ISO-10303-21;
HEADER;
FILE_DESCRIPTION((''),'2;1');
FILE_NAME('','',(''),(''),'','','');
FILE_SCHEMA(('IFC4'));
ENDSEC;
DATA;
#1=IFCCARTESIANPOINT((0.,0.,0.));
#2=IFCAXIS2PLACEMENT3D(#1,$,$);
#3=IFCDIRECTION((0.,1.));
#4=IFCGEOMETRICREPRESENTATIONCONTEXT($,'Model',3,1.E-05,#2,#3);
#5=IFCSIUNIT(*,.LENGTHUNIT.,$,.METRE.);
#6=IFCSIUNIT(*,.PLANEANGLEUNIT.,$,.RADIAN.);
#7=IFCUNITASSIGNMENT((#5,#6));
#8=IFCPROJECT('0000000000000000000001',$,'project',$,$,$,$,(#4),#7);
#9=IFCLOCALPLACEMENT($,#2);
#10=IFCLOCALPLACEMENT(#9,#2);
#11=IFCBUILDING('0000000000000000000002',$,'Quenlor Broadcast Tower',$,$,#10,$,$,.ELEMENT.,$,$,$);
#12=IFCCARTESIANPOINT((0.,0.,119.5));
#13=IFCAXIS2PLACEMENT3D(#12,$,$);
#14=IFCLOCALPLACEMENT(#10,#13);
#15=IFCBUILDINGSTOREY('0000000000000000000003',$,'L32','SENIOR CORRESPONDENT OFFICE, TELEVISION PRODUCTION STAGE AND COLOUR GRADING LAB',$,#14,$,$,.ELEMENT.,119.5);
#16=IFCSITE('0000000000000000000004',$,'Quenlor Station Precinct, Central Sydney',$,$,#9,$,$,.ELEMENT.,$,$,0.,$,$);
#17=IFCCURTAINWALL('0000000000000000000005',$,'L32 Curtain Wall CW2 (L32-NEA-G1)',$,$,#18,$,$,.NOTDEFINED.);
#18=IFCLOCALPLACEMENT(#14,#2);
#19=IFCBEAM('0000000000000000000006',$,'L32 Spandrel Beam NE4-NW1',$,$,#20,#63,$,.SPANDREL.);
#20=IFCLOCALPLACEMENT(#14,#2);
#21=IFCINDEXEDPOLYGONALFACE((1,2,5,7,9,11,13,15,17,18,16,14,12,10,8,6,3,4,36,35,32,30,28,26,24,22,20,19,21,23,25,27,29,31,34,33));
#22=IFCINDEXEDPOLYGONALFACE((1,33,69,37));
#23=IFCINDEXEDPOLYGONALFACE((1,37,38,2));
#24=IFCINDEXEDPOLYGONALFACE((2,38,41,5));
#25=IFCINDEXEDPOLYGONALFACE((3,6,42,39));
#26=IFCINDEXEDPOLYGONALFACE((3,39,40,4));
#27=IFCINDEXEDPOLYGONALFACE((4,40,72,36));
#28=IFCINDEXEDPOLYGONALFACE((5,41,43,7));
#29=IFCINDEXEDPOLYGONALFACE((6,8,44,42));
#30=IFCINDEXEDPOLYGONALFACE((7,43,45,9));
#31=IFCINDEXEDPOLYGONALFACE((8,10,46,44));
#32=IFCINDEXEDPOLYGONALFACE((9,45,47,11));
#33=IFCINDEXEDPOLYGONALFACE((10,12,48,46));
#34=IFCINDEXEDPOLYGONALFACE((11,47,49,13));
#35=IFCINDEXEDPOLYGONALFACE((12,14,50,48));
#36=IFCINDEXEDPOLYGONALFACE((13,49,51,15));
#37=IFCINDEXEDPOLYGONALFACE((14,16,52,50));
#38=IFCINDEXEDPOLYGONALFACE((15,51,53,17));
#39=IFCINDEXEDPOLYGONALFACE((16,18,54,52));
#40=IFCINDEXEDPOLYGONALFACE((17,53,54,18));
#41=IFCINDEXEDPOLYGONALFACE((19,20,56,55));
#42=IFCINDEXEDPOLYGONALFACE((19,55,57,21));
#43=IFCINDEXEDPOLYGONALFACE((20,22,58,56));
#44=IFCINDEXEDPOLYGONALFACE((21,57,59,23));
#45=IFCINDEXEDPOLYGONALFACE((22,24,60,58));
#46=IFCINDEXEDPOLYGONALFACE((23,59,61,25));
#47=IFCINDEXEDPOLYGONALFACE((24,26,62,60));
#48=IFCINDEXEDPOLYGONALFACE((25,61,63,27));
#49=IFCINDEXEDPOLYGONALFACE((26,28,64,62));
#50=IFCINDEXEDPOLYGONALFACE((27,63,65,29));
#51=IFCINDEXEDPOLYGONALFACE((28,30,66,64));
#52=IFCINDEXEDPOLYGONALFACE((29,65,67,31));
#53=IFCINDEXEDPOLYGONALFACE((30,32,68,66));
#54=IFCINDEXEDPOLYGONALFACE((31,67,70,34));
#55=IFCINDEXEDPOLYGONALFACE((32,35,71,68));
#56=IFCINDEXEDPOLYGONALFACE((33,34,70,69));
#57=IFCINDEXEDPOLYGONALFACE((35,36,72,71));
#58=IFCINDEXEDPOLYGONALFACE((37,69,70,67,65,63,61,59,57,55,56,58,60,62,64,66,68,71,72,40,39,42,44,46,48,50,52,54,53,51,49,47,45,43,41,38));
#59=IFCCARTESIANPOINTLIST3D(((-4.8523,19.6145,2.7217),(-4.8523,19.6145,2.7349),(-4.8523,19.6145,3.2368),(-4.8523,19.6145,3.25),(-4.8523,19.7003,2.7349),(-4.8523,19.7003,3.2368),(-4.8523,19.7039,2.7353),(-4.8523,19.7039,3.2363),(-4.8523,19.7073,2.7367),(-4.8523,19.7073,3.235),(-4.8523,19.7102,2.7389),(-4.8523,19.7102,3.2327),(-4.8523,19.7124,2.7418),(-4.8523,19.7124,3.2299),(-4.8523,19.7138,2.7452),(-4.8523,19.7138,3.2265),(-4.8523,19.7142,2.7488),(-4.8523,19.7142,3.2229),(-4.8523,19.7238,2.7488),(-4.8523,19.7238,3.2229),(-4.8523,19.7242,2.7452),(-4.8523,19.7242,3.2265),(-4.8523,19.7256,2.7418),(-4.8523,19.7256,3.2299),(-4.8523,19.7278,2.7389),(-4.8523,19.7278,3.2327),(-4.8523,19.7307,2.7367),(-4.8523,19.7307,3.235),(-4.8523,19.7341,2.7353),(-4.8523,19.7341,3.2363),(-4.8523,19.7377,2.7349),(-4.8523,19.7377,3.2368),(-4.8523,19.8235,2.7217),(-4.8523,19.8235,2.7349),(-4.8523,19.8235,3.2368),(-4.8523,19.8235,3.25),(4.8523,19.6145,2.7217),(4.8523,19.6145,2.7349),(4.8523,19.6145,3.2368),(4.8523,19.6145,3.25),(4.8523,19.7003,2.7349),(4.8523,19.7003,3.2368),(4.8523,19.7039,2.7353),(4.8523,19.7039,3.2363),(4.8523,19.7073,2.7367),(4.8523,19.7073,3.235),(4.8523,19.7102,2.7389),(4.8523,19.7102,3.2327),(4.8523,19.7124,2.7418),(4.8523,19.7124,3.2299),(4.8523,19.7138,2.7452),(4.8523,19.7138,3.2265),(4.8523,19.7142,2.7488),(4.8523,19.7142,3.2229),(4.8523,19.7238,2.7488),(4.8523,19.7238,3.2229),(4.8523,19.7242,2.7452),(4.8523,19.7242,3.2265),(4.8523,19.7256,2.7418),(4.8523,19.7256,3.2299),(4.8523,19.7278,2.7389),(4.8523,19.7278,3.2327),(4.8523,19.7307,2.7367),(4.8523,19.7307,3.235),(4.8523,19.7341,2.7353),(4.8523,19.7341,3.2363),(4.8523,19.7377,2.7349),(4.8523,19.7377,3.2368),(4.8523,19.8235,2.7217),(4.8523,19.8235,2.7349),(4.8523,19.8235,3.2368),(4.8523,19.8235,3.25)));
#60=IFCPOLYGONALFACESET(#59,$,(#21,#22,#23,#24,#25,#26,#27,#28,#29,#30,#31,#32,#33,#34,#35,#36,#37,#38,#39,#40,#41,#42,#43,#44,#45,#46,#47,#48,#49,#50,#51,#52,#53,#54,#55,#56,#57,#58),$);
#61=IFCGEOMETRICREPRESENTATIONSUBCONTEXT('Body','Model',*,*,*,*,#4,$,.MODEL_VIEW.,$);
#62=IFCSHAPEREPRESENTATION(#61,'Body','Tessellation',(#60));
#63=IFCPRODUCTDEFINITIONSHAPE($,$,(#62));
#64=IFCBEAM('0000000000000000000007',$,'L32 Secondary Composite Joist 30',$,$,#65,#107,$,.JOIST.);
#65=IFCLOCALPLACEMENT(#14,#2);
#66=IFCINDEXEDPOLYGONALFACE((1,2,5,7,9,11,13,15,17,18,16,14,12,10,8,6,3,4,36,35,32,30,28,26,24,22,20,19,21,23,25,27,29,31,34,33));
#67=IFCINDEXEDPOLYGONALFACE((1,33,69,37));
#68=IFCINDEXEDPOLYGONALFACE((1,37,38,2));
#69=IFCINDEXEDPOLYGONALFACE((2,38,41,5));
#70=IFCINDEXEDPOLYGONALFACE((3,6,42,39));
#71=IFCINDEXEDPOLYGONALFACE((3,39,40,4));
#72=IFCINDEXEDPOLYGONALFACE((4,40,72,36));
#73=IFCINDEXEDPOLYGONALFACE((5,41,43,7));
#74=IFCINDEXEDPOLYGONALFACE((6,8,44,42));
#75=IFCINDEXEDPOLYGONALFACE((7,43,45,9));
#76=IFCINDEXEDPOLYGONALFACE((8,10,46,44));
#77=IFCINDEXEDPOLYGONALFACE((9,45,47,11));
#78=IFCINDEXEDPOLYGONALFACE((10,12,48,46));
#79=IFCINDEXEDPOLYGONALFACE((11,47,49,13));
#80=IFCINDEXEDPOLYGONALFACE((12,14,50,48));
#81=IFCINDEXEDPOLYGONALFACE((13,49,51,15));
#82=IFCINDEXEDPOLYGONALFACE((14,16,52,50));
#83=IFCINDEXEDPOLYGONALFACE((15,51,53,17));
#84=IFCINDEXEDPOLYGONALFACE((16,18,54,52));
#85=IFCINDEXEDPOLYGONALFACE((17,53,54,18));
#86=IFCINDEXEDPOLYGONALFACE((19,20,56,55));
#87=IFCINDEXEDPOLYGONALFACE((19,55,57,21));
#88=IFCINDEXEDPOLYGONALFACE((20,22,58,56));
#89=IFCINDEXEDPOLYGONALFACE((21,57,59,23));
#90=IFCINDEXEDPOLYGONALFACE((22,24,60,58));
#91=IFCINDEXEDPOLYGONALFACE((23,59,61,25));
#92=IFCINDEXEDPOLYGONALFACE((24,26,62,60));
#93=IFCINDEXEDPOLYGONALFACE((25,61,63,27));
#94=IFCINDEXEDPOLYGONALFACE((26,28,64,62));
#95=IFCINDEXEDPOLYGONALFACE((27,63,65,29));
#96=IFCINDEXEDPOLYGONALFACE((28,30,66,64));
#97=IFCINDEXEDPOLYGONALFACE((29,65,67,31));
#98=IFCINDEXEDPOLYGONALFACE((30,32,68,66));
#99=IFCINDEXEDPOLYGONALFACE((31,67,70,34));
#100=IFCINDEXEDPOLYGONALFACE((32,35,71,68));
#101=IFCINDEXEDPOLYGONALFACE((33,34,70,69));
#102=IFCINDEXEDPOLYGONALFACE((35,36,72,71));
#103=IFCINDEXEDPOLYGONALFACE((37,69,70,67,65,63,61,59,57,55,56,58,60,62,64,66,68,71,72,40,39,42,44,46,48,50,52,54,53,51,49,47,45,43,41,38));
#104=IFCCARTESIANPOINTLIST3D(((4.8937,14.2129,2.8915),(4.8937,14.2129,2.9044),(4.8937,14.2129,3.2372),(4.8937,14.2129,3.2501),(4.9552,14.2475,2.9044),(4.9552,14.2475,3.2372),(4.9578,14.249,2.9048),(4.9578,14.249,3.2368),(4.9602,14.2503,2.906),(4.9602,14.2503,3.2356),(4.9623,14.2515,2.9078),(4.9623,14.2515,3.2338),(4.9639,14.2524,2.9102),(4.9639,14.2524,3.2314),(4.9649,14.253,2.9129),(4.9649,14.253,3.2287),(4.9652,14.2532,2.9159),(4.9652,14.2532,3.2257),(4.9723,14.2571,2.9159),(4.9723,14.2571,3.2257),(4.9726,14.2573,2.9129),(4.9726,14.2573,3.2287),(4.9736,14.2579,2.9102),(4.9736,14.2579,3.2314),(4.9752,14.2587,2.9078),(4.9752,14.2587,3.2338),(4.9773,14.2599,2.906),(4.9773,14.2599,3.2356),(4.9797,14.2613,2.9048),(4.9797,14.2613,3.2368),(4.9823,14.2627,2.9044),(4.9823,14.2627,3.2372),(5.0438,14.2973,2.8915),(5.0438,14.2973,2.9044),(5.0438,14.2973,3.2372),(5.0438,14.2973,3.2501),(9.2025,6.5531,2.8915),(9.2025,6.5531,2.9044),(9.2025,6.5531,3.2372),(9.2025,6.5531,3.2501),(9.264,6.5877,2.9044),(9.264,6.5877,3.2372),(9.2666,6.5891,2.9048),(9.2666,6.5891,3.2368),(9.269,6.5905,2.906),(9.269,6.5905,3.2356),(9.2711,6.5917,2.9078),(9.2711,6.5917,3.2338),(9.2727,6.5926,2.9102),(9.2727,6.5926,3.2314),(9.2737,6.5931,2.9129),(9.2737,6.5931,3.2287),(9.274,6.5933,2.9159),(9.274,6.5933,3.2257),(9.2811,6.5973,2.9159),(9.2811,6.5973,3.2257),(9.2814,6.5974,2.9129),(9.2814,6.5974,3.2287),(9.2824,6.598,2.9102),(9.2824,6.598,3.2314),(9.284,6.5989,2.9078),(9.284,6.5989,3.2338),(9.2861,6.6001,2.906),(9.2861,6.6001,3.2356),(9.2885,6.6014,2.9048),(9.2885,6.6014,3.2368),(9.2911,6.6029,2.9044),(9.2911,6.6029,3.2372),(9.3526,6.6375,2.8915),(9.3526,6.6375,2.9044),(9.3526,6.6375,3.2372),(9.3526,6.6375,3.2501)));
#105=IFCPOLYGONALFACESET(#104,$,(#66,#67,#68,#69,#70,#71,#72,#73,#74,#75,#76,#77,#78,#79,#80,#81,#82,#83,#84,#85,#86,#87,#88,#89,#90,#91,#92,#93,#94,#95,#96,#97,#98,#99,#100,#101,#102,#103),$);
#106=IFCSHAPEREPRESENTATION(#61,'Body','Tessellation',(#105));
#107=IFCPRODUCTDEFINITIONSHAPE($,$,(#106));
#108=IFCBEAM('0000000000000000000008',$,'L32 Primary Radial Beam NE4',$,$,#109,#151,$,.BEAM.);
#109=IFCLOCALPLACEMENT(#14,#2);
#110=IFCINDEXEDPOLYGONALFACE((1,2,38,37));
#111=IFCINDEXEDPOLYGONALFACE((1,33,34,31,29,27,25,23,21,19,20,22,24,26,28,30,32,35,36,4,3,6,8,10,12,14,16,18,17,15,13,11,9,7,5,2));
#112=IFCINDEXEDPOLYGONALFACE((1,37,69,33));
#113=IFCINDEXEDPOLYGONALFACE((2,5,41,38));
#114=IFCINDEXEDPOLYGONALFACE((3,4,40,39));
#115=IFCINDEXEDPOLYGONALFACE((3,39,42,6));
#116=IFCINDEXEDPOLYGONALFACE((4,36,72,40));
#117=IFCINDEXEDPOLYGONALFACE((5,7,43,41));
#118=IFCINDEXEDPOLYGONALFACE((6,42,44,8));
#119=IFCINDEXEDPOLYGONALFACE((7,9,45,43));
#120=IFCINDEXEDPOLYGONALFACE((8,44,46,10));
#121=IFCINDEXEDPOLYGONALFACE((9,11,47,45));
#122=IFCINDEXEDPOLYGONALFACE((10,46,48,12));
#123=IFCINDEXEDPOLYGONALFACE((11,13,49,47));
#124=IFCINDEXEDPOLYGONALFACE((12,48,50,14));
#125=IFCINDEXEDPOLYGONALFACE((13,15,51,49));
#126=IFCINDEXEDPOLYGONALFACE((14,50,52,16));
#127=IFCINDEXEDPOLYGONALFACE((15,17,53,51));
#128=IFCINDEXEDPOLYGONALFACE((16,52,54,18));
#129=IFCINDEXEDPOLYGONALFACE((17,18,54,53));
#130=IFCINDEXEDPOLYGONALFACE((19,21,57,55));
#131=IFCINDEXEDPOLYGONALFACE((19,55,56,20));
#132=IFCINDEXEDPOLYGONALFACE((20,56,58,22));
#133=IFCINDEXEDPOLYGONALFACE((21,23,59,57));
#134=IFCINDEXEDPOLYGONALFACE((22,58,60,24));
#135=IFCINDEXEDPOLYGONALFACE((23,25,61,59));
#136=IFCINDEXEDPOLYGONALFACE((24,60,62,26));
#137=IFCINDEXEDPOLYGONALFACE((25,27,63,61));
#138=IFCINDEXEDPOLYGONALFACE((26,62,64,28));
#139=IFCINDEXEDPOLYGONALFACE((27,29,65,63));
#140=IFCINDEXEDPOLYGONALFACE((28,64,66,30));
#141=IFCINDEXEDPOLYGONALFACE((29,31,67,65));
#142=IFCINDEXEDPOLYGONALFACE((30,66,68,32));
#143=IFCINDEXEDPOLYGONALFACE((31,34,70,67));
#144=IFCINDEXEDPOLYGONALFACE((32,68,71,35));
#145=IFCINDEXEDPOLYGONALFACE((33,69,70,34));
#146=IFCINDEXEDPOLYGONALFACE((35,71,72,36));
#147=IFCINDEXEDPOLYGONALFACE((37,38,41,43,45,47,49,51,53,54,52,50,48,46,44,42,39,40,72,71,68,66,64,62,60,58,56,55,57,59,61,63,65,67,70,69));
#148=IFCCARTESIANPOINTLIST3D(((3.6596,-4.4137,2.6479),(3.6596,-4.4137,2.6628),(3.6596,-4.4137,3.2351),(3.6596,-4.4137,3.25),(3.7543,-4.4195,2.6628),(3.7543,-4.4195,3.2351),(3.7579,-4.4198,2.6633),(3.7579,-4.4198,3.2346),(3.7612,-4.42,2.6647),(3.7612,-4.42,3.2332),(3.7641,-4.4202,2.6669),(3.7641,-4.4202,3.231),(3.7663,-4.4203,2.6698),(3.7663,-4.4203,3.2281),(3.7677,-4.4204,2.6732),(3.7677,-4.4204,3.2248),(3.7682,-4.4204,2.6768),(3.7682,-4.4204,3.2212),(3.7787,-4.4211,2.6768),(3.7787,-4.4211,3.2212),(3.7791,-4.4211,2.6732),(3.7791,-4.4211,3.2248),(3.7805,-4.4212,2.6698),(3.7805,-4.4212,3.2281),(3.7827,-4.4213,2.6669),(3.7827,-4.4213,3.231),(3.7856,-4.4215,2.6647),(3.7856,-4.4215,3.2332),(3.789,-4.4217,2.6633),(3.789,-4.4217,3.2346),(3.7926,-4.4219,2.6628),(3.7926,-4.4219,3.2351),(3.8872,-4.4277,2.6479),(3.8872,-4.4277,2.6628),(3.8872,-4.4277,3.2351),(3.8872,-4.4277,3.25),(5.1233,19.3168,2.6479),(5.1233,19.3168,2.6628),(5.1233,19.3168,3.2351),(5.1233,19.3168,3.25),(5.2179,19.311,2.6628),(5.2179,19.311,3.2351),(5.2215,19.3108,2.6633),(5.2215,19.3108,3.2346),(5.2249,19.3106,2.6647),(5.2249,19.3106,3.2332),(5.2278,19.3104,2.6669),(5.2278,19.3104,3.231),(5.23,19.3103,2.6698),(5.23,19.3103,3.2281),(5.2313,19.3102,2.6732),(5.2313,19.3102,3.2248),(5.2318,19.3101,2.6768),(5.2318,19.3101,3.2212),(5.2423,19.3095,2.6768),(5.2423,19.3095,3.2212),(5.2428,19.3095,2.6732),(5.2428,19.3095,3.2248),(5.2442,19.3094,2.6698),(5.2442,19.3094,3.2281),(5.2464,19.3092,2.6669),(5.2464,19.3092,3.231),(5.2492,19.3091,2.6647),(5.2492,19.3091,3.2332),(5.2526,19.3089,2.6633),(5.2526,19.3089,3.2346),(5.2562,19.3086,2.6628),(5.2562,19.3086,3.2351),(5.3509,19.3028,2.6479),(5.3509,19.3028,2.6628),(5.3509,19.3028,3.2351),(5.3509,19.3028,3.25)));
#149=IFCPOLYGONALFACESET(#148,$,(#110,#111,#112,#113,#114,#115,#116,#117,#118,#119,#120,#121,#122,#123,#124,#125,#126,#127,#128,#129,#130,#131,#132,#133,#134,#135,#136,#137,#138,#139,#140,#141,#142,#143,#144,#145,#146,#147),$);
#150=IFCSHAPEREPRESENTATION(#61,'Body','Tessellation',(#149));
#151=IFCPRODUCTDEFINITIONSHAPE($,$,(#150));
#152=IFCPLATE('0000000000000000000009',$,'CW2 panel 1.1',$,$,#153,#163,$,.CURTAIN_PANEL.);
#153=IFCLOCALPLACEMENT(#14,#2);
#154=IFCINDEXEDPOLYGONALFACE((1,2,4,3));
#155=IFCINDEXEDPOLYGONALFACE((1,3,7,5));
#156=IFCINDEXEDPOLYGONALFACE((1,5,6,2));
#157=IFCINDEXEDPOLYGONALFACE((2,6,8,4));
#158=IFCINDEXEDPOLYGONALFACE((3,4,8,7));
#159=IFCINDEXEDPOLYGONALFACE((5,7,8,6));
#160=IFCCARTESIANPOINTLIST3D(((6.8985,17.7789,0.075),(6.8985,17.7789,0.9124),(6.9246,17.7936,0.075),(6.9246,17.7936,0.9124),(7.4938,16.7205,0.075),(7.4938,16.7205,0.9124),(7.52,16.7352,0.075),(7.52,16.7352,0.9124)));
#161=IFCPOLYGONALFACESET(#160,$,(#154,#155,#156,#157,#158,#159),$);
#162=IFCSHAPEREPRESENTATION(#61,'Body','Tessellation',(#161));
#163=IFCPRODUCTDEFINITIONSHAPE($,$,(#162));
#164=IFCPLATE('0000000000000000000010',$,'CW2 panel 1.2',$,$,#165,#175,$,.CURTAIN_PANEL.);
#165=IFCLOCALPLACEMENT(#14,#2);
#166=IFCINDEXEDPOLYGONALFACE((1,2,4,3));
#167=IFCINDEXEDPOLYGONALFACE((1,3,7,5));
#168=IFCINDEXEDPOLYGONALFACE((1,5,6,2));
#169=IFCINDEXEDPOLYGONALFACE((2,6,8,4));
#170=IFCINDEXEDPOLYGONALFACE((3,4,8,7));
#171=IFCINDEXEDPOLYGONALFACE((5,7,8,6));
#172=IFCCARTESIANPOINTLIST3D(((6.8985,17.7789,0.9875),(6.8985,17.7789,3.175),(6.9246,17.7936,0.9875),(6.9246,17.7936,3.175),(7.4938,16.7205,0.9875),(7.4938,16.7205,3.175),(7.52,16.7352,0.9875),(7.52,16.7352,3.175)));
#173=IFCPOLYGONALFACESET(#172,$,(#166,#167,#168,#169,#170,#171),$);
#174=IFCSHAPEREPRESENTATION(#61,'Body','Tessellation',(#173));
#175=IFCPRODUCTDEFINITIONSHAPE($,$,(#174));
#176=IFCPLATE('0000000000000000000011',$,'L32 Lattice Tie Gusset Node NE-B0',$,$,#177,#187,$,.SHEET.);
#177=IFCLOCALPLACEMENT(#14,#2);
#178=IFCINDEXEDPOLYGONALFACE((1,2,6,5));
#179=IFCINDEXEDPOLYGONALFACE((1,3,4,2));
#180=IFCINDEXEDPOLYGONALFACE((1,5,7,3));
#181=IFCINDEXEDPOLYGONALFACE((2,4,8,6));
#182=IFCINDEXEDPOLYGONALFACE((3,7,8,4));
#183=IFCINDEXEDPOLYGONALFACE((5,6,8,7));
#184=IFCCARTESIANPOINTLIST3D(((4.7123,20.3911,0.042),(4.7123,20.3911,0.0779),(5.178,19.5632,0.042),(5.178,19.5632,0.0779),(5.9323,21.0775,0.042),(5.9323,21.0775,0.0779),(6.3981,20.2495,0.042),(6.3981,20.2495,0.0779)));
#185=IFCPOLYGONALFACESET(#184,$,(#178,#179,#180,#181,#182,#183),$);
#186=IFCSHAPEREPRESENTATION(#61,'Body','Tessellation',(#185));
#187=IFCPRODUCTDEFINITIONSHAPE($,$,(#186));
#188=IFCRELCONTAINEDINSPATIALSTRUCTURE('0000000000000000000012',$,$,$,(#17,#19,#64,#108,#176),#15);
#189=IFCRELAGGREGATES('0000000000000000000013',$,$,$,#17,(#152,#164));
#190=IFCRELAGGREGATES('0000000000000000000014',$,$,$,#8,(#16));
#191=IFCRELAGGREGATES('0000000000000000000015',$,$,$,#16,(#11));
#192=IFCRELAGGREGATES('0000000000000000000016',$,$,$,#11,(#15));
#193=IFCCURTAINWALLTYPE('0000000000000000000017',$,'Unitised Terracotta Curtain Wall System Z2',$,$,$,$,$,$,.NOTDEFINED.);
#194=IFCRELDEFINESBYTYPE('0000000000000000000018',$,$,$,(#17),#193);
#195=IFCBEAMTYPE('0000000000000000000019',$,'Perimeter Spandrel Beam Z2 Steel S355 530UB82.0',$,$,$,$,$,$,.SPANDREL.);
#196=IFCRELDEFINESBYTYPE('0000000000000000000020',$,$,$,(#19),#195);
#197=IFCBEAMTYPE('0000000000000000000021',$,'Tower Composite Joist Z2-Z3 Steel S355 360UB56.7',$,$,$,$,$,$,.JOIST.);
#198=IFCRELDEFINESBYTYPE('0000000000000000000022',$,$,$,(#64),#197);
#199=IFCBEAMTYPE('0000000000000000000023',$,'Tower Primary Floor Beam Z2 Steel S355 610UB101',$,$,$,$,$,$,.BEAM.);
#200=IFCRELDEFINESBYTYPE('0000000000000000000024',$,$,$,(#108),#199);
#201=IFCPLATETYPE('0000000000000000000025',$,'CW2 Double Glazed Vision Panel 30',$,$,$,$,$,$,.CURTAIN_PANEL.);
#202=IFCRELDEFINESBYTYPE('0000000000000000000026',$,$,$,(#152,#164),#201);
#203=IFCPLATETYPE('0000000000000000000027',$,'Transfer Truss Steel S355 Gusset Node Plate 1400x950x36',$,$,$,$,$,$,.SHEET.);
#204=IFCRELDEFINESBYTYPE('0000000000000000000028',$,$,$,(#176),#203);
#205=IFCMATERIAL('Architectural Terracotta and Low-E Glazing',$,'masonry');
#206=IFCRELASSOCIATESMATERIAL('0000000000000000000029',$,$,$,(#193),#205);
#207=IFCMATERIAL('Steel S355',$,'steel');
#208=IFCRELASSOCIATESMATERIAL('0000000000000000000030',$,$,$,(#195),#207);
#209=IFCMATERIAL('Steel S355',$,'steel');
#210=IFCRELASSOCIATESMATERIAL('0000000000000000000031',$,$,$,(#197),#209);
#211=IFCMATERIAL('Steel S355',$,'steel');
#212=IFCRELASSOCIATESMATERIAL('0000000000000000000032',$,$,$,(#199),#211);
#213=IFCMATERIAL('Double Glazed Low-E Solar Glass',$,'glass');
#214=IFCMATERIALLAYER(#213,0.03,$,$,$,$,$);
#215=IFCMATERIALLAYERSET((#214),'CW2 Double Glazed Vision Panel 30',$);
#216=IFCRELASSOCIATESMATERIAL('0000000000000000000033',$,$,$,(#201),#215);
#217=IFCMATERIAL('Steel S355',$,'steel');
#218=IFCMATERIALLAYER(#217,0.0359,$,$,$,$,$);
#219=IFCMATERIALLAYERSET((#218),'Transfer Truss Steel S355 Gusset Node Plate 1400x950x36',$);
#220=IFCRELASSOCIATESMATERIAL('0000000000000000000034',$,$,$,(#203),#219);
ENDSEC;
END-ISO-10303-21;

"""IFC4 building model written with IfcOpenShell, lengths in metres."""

from ifc_helpers import new_model, si_unit, direction, frame, origin, origin_2d, place, context, subcontext, project, spatial, rectangle, i_section, extrude, material, layer, layer_set, material_profile, profile_set, type_object, element, aggregate, save


model = new_model("IFC4")

# Units and contexts
model_context = context("Model", 3, precision=1e-05, world=origin(), true_north=direction((0.0, 1.0)))
body_context = subcontext(model_context, "Body", "Model", "MODEL_VIEW")
ifc_project = project(units=[si_unit("LENGTHUNIT", "METRE"), si_unit("PLANEANGLEUNIT", "RADIAN")], contexts=[model_context])

# Site, building, storey
site_placement = place(None, origin())
site = spatial("IfcSite", under=ifc_project, at=site_placement, Name="Quenlor Station Precinct, Central Sydney", CompositionType="ELEMENT", RefElevation=0.0)
building_placement = place(site_placement, origin())
building = spatial("IfcBuilding", under=site, at=building_placement, Name="Quenlor Broadcast Tower", CompositionType="ELEMENT")
storey_placement = place(building_placement, frame((0.0, 0.0, 119.5)))
storey = spatial("IfcBuildingStorey", under=building, at=storey_placement, Name="L32", Description="SENIOR CORRESPONDENT OFFICE, TELEVISION PRODUCTION STAGE AND COLOUR GRADING LAB", CompositionType="ELEMENT", Elevation=119.5)

# Curtain wall
ifc_material_1 = material(Name="Architectural Terracotta and Low-E Glazing", Category="masonry")
curtain_wall_type = type_object("IfcCurtainWallType", Name="Unitised Terracotta Curtain Wall System Z2", PredefinedType="NOTDEFINED", material=ifc_material_1)
curtain_wall_1_placement = place(storey_placement, origin())
curtain_wall_1 = element("IfcCurtainWall", 1, at=curtain_wall_1_placement, inside=storey, type_object=curtain_wall_type, Name="L32 Curtain Wall CW2 (L32-NEA-G1)", PredefinedType="NOTDEFINED")

# Beams
ifc_material_2 = material(Name="Steel S355", Category="steel")
ifc_material_profile_1 = material_profile(ifc_material_2, i_section(OverallWidth=0.209, OverallDepth=0.5283, WebThickness=0.0095, FlangeThickness=0.0132, FilletRadius=0.0139, at=origin_2d()))
ifc_profile_set_1 = profile_set([ifc_material_profile_1], Name="Steel S355 530UB82.0")
beam_type_1 = type_object("IfcBeamType", Name="Perimeter Spandrel Beam Z2 Steel S355 530UB82.0", PredefinedType="SPANDREL", material=ifc_profile_set_1)
beam_1_placement = place(storey_placement, frame((4.8523, 19.719, 2.9858), z_axis=(-1.0, 0.0, 0.0), x_axis=(0.0, -1.0, 0.0)))
element("IfcBeam", 2, at=beam_1_placement, inside=storey, type_object=beam_type_1, Name="L32 Spandrel Beam NE4-NW1", PredefinedType="SPANDREL", context=body_context, shape_type="SweptSolid", body=[
    extrude(i_section(OverallWidth=0.209, OverallDepth=0.5283, WebThickness=0.0095, FlangeThickness=0.0132, FilletRadius=0.0139, at=origin_2d()), origin(), (0.0, 0.0, 1.0), 9.7046),
])
ifc_material_3 = material(Name="Steel S355", Category="steel")
ifc_material_profile_2 = material_profile(ifc_material_3, i_section(OverallWidth=0.1721, OverallDepth=0.3586, WebThickness=0.0081, FlangeThickness=0.0129, FilletRadius=0.0115, at=origin_2d()))
ifc_profile_set_2 = profile_set([ifc_material_profile_2], Name="Steel S355 360UB56.7")
beam_type_2 = type_object("IfcBeamType", Name="Tower Composite Joist Z2-Z3 Steel S355 360UB56.7", PredefinedType="JOIST", material=ifc_profile_set_2)
beam_2_placement = place(storey_placement, frame((4.9688, 14.2551, 3.0708), z_axis=(0.490273, -0.871569, 0.0), x_axis=(0.871569, 0.490273, 0.0)))
element("IfcBeam", 3, at=beam_2_placement, inside=storey, type_object=beam_type_2, Name="L32 Secondary Composite Joist 30", PredefinedType="JOIST", context=body_context, shape_type="SweptSolid", body=[
    extrude(i_section(OverallWidth=0.1721, OverallDepth=0.3586, WebThickness=0.0081, FlangeThickness=0.0129, FilletRadius=0.0115, at=origin_2d()), origin(), (0.0, 0.0, 1.0), 8.7886),
])
ifc_material_4 = material(Name="Steel S355", Category="steel")
ifc_material_profile_3 = material_profile(ifc_material_4, i_section(OverallWidth=0.228, OverallDepth=0.6021, WebThickness=0.0105, FlangeThickness=0.0149, FilletRadius=0.0139, at=origin_2d()))
ifc_profile_set_3 = profile_set([ifc_material_profile_3], Name="Steel S355 610UB101")
beam_type_3 = type_object("IfcBeamType", Name="Tower Primary Floor Beam Z2 Steel S355 610UB101", PredefinedType="BEAM", material=ifc_profile_set_3)
beam_3_placement = place(storey_placement, frame((5.2371, 19.3098, 2.949), z_axis=(-0.06156, -0.998103, 0.0), x_axis=(0.998103, -0.06156, 0.0)))
element("IfcBeam", 4, at=beam_3_placement, inside=storey, type_object=beam_type_3, Name="L32 Primary Radial Beam NE4", PredefinedType="BEAM", context=body_context, shape_type="SweptSolid", body=[
    extrude(i_section(OverallWidth=0.228, OverallDepth=0.6021, WebThickness=0.0105, FlangeThickness=0.0149, FilletRadius=0.0139, at=origin_2d()), origin(), (0.0, 0.0, 1.0), 23.7756),
])

# Plates
ifc_material_5 = material(Name="Double Glazed Low-E Solar Glass", Category="glass")
ifc_layer_1 = layer(ifc_material_5, 0.03)
ifc_layer_set_1 = layer_set([ifc_layer_1], Name="CW2 Double Glazed Vision Panel 30")
plate_type_1 = type_object("IfcPlateType", Name="CW2 Double Glazed Vision Panel 30", PredefinedType="CURTAIN_PANEL", material=ifc_layer_set_1)
plate_1_placement = place(storey_placement, frame((7.2092, 17.2571, 0.075), z_axis=(0.0, 0.0, 1.0), x_axis=(0.490247, -0.871583, 0.0)))
plate_1 = element("IfcPlate", 5, at=plate_1_placement, type_object=plate_type_1, Name="CW2 panel 1.1", PredefinedType="CURTAIN_PANEL", context=body_context, shape_type="SweptSolid", body=[
    extrude(rectangle(XDim=1.2144, YDim=0.03, at=origin_2d()), origin(), (0.0, 0.0, 1.0), 0.8374),
])
plate_2_placement = place(storey_placement, frame((7.2092, 17.2571, 0.9875), z_axis=(0.0, 0.0, 1.0), x_axis=(0.490247, -0.871583, 0.0)))
plate_2 = element("IfcPlate", 6, at=plate_2_placement, type_object=plate_type_1, Name="CW2 panel 1.2", PredefinedType="CURTAIN_PANEL", context=body_context, shape_type="SweptSolid", body=[
    extrude(rectangle(XDim=1.2144, YDim=0.03, at=origin_2d()), origin(), (0.0, 0.0, 1.0), 2.1875),
])
aggregate(curtain_wall_1, [plate_1, plate_2])

# Plate
ifc_material_6 = material(Name="Steel S355", Category="steel")
ifc_layer_2 = layer(ifc_material_6, 0.0359)
ifc_layer_set_2 = layer_set([ifc_layer_2], Name="Transfer Truss Steel S355 Gusset Node Plate 1400x950x36")
plate_type_2 = type_object("IfcPlateType", Name="Transfer Truss Steel S355 Gusset Node Plate 1400x950x36", PredefinedType="SHEET", material=ifc_layer_set_2)
for number, where, z_axis, x_axis, name in (
    (7, (5.5552, 20.3203, 0.042), (0.0, 0.0, 1.0), (0.871556, 0.490295, 0.0), "L32 Lattice Tie Gusset Node NE-B0"),
):
    element("IfcPlate", number, at=place(storey_placement, frame(where, z_axis=z_axis, x_axis=x_axis)), inside=storey, type_object=plate_type_2, Name=name, PredefinedType="SHEET", context=body_context, shape_type="SweptSolid", body=[
        extrude(rectangle(XDim=1.3999, YDim=0.95, at=origin_2d()), origin(), (0.0, 0.0, 1.0), 0.0359),
    ])

save(model, "model.ifc")
